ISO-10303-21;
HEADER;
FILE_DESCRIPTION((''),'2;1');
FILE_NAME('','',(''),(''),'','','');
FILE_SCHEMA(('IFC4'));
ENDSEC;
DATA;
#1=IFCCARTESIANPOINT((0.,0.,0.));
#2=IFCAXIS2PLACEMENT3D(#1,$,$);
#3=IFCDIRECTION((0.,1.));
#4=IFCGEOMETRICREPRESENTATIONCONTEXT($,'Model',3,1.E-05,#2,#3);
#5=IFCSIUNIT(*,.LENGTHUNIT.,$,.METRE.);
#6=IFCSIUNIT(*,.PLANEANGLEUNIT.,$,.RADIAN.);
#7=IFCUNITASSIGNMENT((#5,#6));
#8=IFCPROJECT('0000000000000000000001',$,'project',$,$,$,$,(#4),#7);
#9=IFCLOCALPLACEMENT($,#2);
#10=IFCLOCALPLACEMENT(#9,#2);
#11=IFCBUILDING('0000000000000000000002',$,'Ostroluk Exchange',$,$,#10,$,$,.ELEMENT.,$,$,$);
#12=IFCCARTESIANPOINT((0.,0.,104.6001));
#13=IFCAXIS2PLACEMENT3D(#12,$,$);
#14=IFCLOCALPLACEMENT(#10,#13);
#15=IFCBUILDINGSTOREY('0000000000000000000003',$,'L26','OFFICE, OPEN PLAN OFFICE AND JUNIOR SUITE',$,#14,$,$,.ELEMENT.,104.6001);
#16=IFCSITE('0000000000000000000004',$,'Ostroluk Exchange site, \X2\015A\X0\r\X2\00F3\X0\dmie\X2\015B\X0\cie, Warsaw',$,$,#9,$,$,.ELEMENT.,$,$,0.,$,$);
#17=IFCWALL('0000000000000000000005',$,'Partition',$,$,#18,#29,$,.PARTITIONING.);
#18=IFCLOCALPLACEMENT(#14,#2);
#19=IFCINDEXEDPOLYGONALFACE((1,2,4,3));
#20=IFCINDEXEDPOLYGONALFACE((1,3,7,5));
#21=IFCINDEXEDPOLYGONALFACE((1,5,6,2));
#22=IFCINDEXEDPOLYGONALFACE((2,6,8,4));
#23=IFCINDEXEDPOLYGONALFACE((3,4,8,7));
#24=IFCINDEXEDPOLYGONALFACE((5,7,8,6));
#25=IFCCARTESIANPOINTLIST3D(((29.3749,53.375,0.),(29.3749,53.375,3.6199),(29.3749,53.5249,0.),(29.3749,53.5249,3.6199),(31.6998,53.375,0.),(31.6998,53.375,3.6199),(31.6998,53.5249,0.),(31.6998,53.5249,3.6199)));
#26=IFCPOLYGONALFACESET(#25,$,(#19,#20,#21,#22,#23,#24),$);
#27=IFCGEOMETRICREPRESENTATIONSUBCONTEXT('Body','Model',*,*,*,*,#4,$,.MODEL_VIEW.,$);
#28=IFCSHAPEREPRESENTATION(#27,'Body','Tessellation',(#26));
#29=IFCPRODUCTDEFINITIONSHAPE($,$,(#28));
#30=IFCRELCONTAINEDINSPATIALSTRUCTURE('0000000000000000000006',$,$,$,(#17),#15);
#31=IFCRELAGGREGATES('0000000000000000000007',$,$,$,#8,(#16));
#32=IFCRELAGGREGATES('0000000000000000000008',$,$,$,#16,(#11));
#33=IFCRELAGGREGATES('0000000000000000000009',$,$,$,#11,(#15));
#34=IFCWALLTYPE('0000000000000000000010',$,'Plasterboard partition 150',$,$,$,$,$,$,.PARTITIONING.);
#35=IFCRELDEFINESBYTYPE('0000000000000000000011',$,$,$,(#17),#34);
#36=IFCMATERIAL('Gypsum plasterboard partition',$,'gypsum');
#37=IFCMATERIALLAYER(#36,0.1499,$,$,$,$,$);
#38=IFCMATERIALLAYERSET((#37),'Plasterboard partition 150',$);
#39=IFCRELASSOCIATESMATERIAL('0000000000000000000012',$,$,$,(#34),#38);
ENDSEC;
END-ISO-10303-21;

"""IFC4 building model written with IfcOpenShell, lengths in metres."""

from ifc_helpers import new_model, si_unit, direction, frame, frame_2d, origin, place, context, subcontext, project, spatial, rectangle, extrude, material, layer, layer_set, type_object, element, save


model = new_model("IFC4")

# Units and contexts
model_context = context("Model", 3, precision=1e-05, world=origin(), true_north=direction((0.0, 1.0)))
body_context = subcontext(model_context, "Body", "Model", "MODEL_VIEW")
ifc_project = project(units=[si_unit("LENGTHUNIT", "METRE"), si_unit("PLANEANGLEUNIT", "RADIAN")], contexts=[model_context])

# Site, building, storey
site_placement = place(None, origin())
site = spatial("IfcSite", under=ifc_project, at=site_placement, Name="Ostroluk Exchange site, Śródmieście, Warsaw", CompositionType="ELEMENT", RefElevation=0.0)
building_placement = place(site_placement, origin())
building = spatial("IfcBuilding", under=site, at=building_placement, Name="Ostroluk Exchange", CompositionType="ELEMENT")
storey_placement = place(building_placement, frame((0.0, 0.0, 104.6001)))
storey = spatial("IfcBuildingStorey", under=building, at=storey_placement, Name="L26", Description="OFFICE, OPEN PLAN OFFICE AND JUNIOR SUITE", CompositionType="ELEMENT", Elevation=104.6001)

# Wall
ifc_material_1 = material(Name="Gypsum plasterboard partition", Category="gypsum")
ifc_layer_1 = layer(ifc_material_1, 0.1499)
ifc_layer_set_1 = layer_set([ifc_layer_1], Name="Plasterboard partition 150")
wall_type_1 = type_object("IfcWallType", Name="Plasterboard partition 150", PredefinedType="PARTITIONING", material=ifc_layer_set_1)
wall_1_placement = place(storey_placement, frame((31.7, 53.45, 0.0), z_axis=(0.0, 0.0, 1.0), x_axis=(-1.0, 0.0, 0.0)))
element("IfcWall", 1, at=wall_1_placement, inside=storey, type_object=wall_type_1, Name="Partition", PredefinedType="PARTITIONING", context=body_context, shape_type="SweptSolid", body=[
    extrude(rectangle(XDim=2.325, YDim=0.1499, at=frame_2d((1.1626, 0.0))), origin(), (0.0, 0.0, 1.0), 3.6199),
])

save(model, "model.ifc")
